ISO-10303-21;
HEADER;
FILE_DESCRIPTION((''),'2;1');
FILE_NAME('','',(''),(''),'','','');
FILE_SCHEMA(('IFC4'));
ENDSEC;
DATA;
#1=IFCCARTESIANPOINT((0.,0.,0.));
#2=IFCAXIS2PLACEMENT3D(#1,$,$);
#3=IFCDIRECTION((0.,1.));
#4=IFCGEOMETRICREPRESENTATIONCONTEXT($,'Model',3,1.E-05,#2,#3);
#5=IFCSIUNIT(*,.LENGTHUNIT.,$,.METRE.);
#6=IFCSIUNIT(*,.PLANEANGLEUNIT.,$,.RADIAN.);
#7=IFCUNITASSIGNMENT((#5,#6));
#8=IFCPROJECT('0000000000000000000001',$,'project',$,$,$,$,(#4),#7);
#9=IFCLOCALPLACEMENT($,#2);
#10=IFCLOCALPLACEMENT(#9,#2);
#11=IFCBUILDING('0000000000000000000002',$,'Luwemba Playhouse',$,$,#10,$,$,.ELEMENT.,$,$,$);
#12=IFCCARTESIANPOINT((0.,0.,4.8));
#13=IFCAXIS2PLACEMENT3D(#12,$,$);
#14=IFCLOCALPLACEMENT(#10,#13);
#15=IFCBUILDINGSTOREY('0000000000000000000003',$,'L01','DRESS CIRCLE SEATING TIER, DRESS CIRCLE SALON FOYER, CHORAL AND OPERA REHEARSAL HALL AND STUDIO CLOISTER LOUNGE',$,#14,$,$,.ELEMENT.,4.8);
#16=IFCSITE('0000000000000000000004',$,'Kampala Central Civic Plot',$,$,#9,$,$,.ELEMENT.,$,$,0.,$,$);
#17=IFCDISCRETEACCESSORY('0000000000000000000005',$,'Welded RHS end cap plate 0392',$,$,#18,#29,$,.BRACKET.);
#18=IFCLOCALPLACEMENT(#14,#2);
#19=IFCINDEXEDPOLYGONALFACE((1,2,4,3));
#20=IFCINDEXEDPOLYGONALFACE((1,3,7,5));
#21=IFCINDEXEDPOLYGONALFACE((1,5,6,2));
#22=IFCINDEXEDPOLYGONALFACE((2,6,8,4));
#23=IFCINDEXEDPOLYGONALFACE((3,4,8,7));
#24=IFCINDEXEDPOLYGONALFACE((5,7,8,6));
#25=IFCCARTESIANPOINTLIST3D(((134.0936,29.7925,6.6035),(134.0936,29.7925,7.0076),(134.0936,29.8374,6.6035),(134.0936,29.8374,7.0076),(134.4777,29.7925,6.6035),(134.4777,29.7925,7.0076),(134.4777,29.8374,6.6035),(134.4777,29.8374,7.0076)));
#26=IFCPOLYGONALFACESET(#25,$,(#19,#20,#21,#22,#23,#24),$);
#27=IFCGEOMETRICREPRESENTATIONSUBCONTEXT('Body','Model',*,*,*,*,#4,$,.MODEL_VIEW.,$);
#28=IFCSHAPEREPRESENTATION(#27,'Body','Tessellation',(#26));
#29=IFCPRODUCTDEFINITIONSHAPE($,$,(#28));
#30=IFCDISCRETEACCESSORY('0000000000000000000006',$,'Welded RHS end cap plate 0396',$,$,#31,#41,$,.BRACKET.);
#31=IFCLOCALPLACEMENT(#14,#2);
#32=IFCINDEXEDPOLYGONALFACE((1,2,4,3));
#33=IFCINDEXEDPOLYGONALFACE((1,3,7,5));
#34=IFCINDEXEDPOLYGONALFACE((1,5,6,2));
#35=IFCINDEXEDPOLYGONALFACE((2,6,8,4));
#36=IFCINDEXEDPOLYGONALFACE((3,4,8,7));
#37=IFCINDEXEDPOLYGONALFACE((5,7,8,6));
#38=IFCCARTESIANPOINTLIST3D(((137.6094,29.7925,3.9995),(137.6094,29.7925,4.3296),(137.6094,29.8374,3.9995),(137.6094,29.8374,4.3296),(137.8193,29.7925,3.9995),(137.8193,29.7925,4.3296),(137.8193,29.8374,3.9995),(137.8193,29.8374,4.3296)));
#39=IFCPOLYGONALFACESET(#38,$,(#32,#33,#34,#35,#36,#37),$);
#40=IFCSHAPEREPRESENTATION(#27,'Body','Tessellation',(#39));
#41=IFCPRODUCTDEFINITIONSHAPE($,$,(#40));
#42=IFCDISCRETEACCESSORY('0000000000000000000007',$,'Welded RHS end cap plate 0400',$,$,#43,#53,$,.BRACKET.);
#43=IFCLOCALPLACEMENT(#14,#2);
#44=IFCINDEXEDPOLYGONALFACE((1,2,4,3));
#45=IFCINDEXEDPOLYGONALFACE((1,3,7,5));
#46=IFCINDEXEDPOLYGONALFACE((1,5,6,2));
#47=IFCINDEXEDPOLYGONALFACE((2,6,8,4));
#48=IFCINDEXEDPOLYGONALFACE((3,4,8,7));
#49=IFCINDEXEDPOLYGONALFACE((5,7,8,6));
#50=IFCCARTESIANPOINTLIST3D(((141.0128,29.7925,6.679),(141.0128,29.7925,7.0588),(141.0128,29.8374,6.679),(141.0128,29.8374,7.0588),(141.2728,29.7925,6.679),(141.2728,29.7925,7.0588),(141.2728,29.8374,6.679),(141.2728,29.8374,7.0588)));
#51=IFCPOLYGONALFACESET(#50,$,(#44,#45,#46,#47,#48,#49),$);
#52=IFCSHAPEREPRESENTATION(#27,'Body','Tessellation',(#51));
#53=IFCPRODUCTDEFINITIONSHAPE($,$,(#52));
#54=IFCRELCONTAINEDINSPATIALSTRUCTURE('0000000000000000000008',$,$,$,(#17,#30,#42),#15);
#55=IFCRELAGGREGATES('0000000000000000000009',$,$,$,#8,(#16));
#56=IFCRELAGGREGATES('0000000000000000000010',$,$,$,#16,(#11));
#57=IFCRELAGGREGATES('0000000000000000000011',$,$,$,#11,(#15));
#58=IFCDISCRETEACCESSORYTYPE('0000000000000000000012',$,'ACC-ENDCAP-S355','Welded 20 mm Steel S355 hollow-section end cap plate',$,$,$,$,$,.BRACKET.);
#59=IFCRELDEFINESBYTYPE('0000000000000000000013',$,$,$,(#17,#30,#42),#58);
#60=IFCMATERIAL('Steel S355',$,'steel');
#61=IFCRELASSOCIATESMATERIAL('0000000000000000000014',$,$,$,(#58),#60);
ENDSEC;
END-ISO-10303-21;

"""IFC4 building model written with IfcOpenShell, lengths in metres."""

from ifc_helpers import new_model, si_unit, direction, frame, origin, origin_2d, place, context, subcontext, project, spatial, rectangle, extrude, material, type_object, element, save


model = new_model("IFC4")

# Units and contexts
model_context = context("Model", 3, precision=1e-05, world=origin(), true_north=direction((0.0, 1.0)))
body_context = subcontext(model_context, "Body", "Model", "MODEL_VIEW")
ifc_project = project(units=[si_unit("LENGTHUNIT", "METRE"), si_unit("PLANEANGLEUNIT", "RADIAN")], contexts=[model_context])

# Site, building, storey
site_placement = place(None, origin())
site = spatial("IfcSite", under=ifc_project, at=site_placement, Name="Kampala Central Civic Plot", CompositionType="ELEMENT", RefElevation=0.0)
building_placement = place(site_placement, origin())
building = spatial("IfcBuilding", under=site, at=building_placement, Name="Luwemba Playhouse", CompositionType="ELEMENT")
storey_placement = place(building_placement, frame((0.0, 0.0, 4.8)))
storey = spatial("IfcBuildingStorey", under=building, at=storey_placement, Name="L01", Description="DRESS CIRCLE SEATING TIER, DRESS CIRCLE SALON FOYER, CHORAL AND OPERA REHEARSAL HALL AND STUDIO CLOISTER LOUNGE", CompositionType="ELEMENT", Elevation=4.8)

# Shared definitions
ifc_material_1 = material(Name="Steel S355", Category="steel")

# Discrete accessories
discrete_accessory_type = type_object("IfcDiscreteAccessoryType", Name="ACC-ENDCAP-S355", Description="Welded 20 mm Steel S355 hollow-section end cap plate", PredefinedType="BRACKET", material=ifc_material_1)
discrete_accessory_1_placement = place(storey_placement, frame((134.2856, 29.8149, 6.6035), z_axis=(0.0, 0.0, 1.0), x_axis=(1.0, 0.0, 0.0)))
element("IfcDiscreteAccessory", 1, at=discrete_accessory_1_placement, inside=storey, type_object=discrete_accessory_type, Name="Welded RHS end cap plate 0392", PredefinedType="BRACKET", context=body_context, shape_type="SweptSolid", body=[
    extrude(rectangle(XDim=0.384, YDim=0.0449, at=origin_2d()), origin(), (0.0, 0.0, 1.0), 0.4041),
])
discrete_accessory_2_placement = place(storey_placement, frame((137.7144, 29.8149, 3.9995), z_axis=(0.0, 0.0, 1.0), x_axis=(1.0, 0.0, 0.0)))
element("IfcDiscreteAccessory", 2, at=discrete_accessory_2_placement, inside=storey, type_object=discrete_accessory_type, Name="Welded RHS end cap plate 0396", PredefinedType="BRACKET", context=body_context, shape_type="SweptSolid", body=[
    extrude(rectangle(XDim=0.21, YDim=0.0449, at=origin_2d()), origin(), (0.0, 0.0, 1.0), 0.3301),
])
discrete_accessory_3_placement = place(storey_placement, frame((141.1428, 29.8149, 6.679), z_axis=(0.0, 0.0, 1.0), x_axis=(1.0, 0.0, 0.0)))
element("IfcDiscreteAccessory", 3, at=discrete_accessory_3_placement, inside=storey, type_object=discrete_accessory_type, Name="Welded RHS end cap plate 0400", PredefinedType="BRACKET", context=body_context, shape_type="SweptSolid", body=[
    extrude(rectangle(XDim=0.26, YDim=0.0449, at=origin_2d()), origin(), (0.0, 0.0, 1.0), 0.3799),
])

save(model, "model.ifc")
